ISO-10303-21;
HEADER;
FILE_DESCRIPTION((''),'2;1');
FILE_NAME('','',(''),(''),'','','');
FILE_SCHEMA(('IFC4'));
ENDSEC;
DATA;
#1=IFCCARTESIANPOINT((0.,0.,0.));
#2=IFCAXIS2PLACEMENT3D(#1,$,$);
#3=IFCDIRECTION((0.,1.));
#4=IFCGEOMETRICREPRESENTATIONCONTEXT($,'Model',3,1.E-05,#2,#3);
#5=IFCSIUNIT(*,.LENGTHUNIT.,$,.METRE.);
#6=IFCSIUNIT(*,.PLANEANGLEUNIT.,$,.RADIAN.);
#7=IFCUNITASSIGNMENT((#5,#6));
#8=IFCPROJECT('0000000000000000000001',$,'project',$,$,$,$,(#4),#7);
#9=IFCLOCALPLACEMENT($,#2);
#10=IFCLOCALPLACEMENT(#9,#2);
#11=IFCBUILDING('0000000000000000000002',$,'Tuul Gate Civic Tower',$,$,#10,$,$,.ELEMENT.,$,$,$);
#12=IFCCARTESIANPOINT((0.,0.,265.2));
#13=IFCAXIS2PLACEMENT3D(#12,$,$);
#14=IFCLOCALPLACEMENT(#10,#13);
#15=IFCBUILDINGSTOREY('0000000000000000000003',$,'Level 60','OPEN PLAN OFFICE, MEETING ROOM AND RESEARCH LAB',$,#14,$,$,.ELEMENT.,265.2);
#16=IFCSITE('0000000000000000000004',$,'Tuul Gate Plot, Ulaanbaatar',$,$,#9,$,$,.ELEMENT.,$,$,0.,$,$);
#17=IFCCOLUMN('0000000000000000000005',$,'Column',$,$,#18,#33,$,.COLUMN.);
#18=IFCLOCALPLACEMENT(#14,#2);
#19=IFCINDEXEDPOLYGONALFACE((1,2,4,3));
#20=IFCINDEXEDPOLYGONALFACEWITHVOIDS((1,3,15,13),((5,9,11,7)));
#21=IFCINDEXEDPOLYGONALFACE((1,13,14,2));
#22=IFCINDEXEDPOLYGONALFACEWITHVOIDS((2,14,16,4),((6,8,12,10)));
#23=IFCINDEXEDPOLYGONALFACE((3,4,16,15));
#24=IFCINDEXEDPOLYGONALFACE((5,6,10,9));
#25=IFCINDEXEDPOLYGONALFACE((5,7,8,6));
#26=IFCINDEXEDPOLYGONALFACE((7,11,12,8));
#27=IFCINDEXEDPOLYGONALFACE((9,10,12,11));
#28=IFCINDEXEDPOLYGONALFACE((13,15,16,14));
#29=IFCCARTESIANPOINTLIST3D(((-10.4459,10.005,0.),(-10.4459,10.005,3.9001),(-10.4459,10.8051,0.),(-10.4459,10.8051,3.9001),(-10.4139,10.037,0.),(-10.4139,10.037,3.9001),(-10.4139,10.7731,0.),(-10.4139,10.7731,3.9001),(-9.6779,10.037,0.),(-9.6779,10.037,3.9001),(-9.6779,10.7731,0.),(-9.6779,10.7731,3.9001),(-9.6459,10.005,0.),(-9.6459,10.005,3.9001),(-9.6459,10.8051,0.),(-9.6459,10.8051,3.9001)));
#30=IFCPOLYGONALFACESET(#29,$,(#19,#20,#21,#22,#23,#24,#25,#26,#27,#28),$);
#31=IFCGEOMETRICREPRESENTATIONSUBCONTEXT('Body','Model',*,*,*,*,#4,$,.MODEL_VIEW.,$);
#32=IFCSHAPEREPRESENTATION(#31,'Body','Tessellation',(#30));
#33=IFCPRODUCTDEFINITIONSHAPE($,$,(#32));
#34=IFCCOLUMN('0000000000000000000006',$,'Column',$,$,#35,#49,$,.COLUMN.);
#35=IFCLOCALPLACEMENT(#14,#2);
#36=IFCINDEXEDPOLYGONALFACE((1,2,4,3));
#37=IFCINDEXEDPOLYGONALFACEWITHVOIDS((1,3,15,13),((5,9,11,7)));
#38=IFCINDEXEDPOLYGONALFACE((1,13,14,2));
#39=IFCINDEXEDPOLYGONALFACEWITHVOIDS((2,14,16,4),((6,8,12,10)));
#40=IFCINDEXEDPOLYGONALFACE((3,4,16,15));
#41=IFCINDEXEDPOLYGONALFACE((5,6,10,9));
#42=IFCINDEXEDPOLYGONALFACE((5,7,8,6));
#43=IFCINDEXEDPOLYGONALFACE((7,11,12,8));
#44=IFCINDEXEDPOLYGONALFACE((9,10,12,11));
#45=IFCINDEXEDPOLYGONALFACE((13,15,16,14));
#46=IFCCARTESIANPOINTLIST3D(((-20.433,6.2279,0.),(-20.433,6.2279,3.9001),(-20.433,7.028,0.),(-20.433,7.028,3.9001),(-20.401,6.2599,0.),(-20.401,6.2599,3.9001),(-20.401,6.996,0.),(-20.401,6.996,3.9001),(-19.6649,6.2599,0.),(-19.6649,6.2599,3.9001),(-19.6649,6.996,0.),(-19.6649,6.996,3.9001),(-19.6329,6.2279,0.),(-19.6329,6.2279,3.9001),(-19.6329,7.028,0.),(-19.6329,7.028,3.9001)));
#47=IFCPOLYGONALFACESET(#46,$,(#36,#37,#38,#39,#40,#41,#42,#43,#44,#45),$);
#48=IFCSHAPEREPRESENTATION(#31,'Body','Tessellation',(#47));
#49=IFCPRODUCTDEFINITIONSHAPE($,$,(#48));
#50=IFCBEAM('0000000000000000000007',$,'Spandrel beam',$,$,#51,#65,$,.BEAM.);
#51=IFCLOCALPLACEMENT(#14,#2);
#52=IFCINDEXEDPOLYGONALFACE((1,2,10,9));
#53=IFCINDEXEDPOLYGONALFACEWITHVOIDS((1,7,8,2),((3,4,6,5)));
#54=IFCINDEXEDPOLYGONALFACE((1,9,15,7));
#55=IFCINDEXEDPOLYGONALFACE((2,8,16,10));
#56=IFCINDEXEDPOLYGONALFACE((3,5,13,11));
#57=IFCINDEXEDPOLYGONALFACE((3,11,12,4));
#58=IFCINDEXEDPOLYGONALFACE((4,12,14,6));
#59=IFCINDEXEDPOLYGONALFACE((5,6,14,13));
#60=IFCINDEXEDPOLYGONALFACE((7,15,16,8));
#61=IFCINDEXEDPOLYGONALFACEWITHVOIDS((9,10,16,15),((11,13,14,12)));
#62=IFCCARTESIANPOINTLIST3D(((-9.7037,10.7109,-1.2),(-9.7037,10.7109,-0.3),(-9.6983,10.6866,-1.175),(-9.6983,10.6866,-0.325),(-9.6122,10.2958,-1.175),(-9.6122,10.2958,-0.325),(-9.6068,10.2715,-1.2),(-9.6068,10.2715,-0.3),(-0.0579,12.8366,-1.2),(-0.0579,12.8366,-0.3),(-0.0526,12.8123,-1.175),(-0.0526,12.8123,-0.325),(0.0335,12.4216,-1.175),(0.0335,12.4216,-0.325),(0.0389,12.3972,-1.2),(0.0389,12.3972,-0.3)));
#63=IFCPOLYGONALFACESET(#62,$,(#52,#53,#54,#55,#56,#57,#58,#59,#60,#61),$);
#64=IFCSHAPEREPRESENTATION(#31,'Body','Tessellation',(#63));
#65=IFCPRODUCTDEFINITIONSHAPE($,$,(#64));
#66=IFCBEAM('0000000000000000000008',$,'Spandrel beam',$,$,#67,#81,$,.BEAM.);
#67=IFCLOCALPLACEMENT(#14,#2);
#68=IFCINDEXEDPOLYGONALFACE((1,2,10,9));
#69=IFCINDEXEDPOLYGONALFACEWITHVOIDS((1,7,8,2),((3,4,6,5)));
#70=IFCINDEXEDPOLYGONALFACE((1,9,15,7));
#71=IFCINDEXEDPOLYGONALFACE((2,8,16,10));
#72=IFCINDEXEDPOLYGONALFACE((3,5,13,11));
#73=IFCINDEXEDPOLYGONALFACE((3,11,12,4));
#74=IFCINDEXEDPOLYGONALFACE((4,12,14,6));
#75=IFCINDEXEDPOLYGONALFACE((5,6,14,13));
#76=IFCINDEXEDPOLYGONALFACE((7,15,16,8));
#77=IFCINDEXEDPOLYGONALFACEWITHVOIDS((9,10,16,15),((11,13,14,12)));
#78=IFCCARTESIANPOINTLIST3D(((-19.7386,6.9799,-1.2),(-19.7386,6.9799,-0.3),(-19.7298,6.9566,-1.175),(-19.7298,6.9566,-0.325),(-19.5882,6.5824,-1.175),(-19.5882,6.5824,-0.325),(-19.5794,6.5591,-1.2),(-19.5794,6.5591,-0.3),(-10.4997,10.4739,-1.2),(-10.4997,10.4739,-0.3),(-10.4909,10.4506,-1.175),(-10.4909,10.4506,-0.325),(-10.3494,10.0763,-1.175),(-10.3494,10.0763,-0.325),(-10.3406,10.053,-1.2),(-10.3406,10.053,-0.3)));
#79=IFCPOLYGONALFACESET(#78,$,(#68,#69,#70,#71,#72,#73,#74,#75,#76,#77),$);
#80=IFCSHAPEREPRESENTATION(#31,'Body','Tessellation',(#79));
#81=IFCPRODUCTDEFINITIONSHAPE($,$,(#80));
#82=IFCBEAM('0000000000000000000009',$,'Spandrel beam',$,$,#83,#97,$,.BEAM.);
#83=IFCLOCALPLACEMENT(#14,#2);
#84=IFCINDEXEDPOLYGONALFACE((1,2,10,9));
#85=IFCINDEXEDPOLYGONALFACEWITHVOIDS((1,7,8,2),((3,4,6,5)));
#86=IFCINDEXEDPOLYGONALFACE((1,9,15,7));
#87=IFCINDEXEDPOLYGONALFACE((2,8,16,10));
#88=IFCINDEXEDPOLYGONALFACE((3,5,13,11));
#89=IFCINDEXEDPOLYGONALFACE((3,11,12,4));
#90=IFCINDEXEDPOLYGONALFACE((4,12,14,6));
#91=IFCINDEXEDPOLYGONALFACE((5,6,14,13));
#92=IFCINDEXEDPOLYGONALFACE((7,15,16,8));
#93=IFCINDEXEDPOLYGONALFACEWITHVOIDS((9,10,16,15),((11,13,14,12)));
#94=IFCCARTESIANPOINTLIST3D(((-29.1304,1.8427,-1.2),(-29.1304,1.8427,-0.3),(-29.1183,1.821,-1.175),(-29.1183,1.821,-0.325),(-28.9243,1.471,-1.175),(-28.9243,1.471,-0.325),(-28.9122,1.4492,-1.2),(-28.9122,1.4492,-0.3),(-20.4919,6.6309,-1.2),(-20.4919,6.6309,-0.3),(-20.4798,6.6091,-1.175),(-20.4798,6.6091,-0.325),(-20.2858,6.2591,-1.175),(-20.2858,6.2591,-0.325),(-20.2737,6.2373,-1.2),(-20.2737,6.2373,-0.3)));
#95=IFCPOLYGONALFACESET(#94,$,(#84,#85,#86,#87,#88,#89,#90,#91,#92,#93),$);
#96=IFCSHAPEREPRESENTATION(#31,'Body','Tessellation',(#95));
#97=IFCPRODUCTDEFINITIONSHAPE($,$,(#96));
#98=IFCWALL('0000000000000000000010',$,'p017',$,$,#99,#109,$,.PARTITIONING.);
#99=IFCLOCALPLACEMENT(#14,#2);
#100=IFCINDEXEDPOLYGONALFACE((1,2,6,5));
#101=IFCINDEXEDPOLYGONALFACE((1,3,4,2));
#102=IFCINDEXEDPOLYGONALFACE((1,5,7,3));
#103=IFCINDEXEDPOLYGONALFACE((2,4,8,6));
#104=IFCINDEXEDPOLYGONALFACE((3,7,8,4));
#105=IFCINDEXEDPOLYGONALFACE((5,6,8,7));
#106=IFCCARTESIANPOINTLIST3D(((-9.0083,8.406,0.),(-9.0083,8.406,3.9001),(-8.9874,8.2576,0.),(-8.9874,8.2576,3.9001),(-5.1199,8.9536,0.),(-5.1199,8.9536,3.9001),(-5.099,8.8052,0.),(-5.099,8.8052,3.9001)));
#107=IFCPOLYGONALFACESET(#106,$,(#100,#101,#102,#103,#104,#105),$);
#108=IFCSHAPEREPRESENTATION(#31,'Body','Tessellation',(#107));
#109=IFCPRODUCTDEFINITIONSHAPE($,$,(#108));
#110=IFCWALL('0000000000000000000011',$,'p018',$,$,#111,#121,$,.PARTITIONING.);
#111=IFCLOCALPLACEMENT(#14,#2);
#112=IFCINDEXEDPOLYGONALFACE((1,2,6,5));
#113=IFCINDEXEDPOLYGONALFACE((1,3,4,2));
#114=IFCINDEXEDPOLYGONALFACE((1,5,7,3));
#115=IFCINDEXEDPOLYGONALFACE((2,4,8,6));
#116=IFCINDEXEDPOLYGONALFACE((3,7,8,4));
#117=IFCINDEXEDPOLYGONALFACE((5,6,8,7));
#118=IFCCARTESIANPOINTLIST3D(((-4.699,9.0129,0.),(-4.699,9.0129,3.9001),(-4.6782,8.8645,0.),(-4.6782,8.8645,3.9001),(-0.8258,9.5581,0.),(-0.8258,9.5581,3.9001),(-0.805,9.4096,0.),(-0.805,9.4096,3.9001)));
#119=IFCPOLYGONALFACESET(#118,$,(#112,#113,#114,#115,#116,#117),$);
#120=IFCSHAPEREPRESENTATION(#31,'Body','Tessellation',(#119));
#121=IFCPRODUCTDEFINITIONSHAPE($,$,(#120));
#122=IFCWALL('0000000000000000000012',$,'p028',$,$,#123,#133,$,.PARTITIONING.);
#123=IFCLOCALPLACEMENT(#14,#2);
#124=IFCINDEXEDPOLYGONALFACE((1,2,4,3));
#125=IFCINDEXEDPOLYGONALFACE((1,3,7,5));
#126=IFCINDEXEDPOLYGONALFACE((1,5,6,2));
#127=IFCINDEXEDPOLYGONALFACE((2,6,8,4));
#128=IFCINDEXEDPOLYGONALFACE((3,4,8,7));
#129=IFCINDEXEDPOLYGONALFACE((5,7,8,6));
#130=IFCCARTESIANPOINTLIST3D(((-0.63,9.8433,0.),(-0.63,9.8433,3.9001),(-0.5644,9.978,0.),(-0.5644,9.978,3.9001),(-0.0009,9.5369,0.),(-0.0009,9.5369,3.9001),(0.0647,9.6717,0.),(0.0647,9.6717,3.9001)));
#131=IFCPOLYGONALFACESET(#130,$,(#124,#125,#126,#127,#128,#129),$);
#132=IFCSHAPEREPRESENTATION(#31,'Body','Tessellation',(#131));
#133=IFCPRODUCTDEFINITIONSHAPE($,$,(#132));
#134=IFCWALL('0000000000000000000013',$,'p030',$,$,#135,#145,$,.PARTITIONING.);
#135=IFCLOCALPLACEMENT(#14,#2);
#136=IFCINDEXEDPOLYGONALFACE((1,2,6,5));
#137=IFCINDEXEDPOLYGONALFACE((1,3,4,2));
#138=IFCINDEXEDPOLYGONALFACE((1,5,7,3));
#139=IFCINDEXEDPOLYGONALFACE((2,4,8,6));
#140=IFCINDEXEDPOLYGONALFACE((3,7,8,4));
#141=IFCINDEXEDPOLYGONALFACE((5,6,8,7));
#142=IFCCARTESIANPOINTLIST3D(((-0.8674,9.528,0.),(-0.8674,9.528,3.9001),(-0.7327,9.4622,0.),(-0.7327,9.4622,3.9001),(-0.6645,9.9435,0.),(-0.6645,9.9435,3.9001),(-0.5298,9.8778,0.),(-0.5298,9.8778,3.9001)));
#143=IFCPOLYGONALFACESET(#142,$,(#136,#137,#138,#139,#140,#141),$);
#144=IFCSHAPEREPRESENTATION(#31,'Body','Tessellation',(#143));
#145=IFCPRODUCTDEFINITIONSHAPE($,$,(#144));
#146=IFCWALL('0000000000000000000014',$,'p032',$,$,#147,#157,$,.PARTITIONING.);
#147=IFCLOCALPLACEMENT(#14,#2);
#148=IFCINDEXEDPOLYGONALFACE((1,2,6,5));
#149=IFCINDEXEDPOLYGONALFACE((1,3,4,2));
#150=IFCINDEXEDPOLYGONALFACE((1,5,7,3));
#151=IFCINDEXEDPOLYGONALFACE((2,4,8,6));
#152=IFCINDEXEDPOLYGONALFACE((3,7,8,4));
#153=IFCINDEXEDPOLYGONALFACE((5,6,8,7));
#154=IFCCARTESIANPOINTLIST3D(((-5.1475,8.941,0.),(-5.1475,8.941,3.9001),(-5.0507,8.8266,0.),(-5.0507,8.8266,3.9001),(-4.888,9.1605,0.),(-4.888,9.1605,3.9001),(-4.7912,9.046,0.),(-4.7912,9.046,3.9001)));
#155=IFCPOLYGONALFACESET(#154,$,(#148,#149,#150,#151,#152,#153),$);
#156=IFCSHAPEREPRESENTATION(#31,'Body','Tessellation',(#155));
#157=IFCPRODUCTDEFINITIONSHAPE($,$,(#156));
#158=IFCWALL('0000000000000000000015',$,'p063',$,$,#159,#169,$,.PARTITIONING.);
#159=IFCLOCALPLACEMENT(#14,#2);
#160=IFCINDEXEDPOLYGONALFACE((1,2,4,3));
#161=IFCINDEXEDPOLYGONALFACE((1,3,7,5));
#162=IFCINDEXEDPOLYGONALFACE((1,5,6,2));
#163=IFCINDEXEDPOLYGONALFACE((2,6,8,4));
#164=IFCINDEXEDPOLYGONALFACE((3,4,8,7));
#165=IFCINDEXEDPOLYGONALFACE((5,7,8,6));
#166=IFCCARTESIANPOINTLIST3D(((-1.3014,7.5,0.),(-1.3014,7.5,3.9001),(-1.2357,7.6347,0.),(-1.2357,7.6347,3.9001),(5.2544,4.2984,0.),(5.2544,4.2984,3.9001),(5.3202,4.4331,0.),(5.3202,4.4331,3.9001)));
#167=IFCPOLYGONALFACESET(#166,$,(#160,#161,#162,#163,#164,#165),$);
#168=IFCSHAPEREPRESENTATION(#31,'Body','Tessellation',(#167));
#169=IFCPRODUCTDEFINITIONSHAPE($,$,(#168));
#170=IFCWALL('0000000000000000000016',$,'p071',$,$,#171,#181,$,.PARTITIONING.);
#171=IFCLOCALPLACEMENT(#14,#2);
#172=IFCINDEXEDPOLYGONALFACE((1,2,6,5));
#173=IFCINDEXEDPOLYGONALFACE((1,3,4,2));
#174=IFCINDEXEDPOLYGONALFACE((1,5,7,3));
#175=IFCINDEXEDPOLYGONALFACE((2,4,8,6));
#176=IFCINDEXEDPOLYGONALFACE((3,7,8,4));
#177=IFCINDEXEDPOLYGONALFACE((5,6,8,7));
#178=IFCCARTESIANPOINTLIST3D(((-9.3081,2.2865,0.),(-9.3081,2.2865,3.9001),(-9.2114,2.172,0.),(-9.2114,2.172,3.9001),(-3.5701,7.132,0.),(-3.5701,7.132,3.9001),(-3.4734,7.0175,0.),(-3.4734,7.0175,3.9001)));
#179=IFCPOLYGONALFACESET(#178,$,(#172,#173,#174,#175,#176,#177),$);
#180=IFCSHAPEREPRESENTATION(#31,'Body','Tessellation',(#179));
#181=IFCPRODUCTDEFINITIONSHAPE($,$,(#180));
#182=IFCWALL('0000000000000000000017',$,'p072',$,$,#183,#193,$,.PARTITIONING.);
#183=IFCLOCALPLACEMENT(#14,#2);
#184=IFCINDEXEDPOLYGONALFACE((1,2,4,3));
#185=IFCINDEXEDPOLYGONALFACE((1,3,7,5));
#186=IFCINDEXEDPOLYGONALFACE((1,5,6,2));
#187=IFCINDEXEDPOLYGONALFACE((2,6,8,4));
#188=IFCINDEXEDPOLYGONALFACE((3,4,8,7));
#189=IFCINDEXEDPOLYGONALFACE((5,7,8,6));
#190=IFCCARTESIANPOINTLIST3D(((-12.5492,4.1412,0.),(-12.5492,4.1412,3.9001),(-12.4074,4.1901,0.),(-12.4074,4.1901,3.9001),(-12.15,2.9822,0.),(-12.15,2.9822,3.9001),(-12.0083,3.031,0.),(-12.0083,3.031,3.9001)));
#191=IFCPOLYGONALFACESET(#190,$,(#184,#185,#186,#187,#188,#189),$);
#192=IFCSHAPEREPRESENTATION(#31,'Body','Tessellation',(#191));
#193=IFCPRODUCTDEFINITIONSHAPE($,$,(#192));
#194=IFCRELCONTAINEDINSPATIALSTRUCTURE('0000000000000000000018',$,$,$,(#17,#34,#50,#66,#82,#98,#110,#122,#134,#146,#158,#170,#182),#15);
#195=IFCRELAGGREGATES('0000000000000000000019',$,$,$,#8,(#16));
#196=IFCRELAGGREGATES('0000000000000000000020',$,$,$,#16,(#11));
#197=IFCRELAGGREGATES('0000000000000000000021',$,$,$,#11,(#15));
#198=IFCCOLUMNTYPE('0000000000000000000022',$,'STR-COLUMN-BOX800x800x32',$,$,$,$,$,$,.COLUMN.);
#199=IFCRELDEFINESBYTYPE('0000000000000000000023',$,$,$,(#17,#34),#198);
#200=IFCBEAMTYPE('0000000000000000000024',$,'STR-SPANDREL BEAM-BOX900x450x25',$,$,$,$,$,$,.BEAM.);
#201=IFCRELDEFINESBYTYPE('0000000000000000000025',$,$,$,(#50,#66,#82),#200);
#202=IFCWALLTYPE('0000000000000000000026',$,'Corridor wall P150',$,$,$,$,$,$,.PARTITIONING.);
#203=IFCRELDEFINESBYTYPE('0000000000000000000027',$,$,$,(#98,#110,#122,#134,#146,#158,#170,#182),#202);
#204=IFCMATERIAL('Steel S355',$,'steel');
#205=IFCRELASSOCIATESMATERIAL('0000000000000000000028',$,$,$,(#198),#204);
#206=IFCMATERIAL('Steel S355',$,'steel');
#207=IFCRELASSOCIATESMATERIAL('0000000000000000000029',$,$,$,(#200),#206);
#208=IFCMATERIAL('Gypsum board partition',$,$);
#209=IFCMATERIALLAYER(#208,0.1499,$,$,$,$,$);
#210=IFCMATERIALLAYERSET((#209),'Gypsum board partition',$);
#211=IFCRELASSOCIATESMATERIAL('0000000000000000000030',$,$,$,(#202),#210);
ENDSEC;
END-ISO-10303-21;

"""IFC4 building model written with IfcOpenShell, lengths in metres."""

from ifc_helpers import new_model, si_unit, direction, frame, frame_2d, origin, origin_2d, place, context, subcontext, project, spatial, rectangle, hollow_rectangle, extrude, material, layer, layer_set, material_profile, profile_set, type_object, element, save


model = new_model("IFC4")

# Units and contexts
model_context = context("Model", 3, precision=1e-05, world=origin(), true_north=direction((0.0, 1.0)))
body_context = subcontext(model_context, "Body", "Model", "MODEL_VIEW")
ifc_project = project(units=[si_unit("LENGTHUNIT", "METRE"), si_unit("PLANEANGLEUNIT", "RADIAN")], contexts=[model_context])

# Site, building, storey
site_placement = place(None, origin())
site = spatial("IfcSite", under=ifc_project, at=site_placement, Name="Tuul Gate Plot, Ulaanbaatar", CompositionType="ELEMENT", RefElevation=0.0)
building_placement = place(site_placement, origin())
building = spatial("IfcBuilding", under=site, at=building_placement, Name="Tuul Gate Civic Tower", CompositionType="ELEMENT")
storey_placement = place(building_placement, frame((0.0, 0.0, 265.2)))
storey = spatial("IfcBuildingStorey", under=building, at=storey_placement, Name="Level 60", Description="OPEN PLAN OFFICE, MEETING ROOM AND RESEARCH LAB", CompositionType="ELEMENT", Elevation=265.2)

# Columns
ifc_material_1 = material(Name="Steel S355", Category="steel")
ifc_material_profile_1 = material_profile(ifc_material_1, hollow_rectangle(XDim=0.8, YDim=0.8, WallThickness=0.032, at=origin_2d()), Name="BOX800x800x32")
ifc_profile_set_1 = profile_set([ifc_material_profile_1], Name="Steel S355")
column_type = type_object("IfcColumnType", Name="STR-COLUMN-BOX800x800x32", PredefinedType="COLUMN", material=ifc_profile_set_1)
for number, where, z_axis, x_axis, name in (
    (1, (-10.0459, 10.405, 0.0), (0.0, 0.0, 1.0), (1.0, 0.0, 0.0), "Column"),
    (2, (-20.033, 6.6279, 0.0), (0.0, 0.0, 1.0), (1.0, 0.0, 0.0), "Column"),
):
    element("IfcColumn", number, at=place(storey_placement, frame(where, z_axis=z_axis, x_axis=x_axis)), inside=storey, type_object=column_type, Name=name, PredefinedType="COLUMN", context=body_context, shape_type="SweptSolid", body=[
        extrude(hollow_rectangle(XDim=0.8, YDim=0.8, WallThickness=0.032, at=origin_2d()), origin(), (0.0, 0.0, 1.0), 3.9001),
    ])

# Beams
ifc_material_2 = material(Name="Steel S355", Category="steel")
ifc_material_profile_2 = material_profile(ifc_material_2, hollow_rectangle(XDim=0.45, YDim=0.8999, WallThickness=0.0249, at=origin_2d()), Name="BOX900x450x25")
ifc_profile_set_2 = profile_set([ifc_material_profile_2], Name="Steel S355")
beam_type = type_object("IfcBeamType", Name="STR-SPANDREL BEAM-BOX900x450x25", PredefinedType="BEAM", material=ifc_profile_set_2)
beam_1_placement = place(storey_placement, frame((-0.0095, 12.6169, -0.75), z_axis=(-0.976566, -0.215216, 0.0), x_axis=(0.215216, -0.976566, 0.0)))
element("IfcBeam", 3, at=beam_1_placement, inside=storey, type_object=beam_type, Name="Spandrel beam", PredefinedType="BEAM", context=body_context, shape_type="SweptSolid", body=[
    extrude(hollow_rectangle(XDim=0.45, YDim=0.8999, WallThickness=0.0249, at=origin_2d()), origin(), (0.0, 0.0, 1.0), 9.8772),
])
beam_2_placement = place(storey_placement, frame((-10.4202, 10.2634, -0.75), z_axis=(-0.935348, -0.353728, 0.0), x_axis=(0.353728, -0.935348, 0.0)))
element("IfcBeam", 4, at=beam_2_placement, inside=storey, type_object=beam_type, Name="Spandrel beam", PredefinedType="BEAM", context=body_context, shape_type="SweptSolid", body=[
    extrude(hollow_rectangle(XDim=0.45, YDim=0.8999, WallThickness=0.0249, at=origin_2d()), origin(), (0.0, 0.0, 1.0), 9.8774),
])
beam_3_placement = place(storey_placement, frame((-20.3828, 6.4341, -0.75), z_axis=(-0.874631, -0.484788, 0.0), x_axis=(0.484788, -0.874631, 0.0)))
element("IfcBeam", 5, at=beam_3_placement, inside=storey, type_object=beam_type, Name="Spandrel beam", PredefinedType="BEAM", context=body_context, shape_type="SweptSolid", body=[
    extrude(hollow_rectangle(XDim=0.45, YDim=0.8999, WallThickness=0.0249, at=origin_2d()), origin(), (0.0, 0.0, 1.0), 9.8767),
])

# Walls
ifc_material_3 = material(Name="Gypsum board partition")
ifc_layer_1 = layer(ifc_material_3, 0.1499)
ifc_layer_set_1 = layer_set([ifc_layer_1], Name="Gypsum board partition")
wall_type_1 = type_object("IfcWallType", Name="Corridor wall P150", PredefinedType="PARTITIONING", material=ifc_layer_set_1)
wall_1_placement = place(storey_placement, frame((-8.9978, 8.3318, 0.0), z_axis=(0.0, 0.0, 1.0), x_axis=(0.990229, 0.139454, 0.0)))
element("IfcWall", 6, at=wall_1_placement, inside=storey, type_object=wall_type_1, Name="p017", PredefinedType="PARTITIONING", context=body_context, shape_type="SweptSolid", body=[
    extrude(rectangle(XDim=3.9268, YDim=0.1499, at=frame_2d((1.9634, 0.0))), origin(), (0.0, 0.0, 1.0), 3.9001),
])
wall_2_placement = place(storey_placement, frame((-4.6885, 8.9387, 0.0), z_axis=(0.0, 0.0, 1.0), x_axis=(0.990239, 0.139376, 0.0)))
element("IfcWall", 7, at=wall_2_placement, inside=storey, type_object=wall_type_1, Name="p018", PredefinedType="PARTITIONING", context=body_context, shape_type="SweptSolid", body=[
    extrude(rectangle(XDim=3.9114, YDim=0.1499, at=frame_2d((1.9556, 0.0))), origin(), (0.0, 0.0, 1.0), 3.9001),
])
wall_3_placement = place(storey_placement, frame((-0.5972, 9.9106, 0.0), z_axis=(0.0, 0.0, 1.0), x_axis=(0.899053, -0.437839, 0.0)))
element("IfcWall", 8, at=wall_3_placement, inside=storey, type_object=wall_type_1, Name="p028", PredefinedType="PARTITIONING", context=body_context, shape_type="SweptSolid", body=[
    extrude(rectangle(XDim=0.6997, YDim=0.1499, at=frame_2d((0.3499, 0.0))), origin(), (0.0, 0.0, 1.0), 3.9001),
])
wall_4_placement = place(storey_placement, frame((-0.8, 9.4951, 0.0), z_axis=(0.0, 0.0, 1.0), x_axis=(0.438746, 0.898611, 0.0)))
element("IfcWall", 9, at=wall_4_placement, inside=storey, type_object=wall_type_1, Name="p030", PredefinedType="PARTITIONING", context=body_context, shape_type="SweptSolid", body=[
    extrude(rectangle(XDim=0.4624, YDim=0.1499, at=frame_2d((0.2312, 0.0))), origin(), (0.0, 0.0, 1.0), 3.9001),
])
wall_5_placement = place(storey_placement, frame((-5.0991, 8.8838, 0.0), z_axis=(0.0, 0.0, 1.0), x_axis=(0.76355, 0.645749, 0.0)))
element("IfcWall", 10, at=wall_5_placement, inside=storey, type_object=wall_type_1, Name="p032", PredefinedType="PARTITIONING", context=body_context, shape_type="SweptSolid", body=[
    extrude(rectangle(XDim=0.3398, YDim=0.1499, at=frame_2d((0.1699, 0.0))), origin(), (0.0, 0.0, 1.0), 3.9001),
])
wall_6_placement = place(storey_placement, frame((-1.2686, 7.5674, 0.0), z_axis=(0.0, 0.0, 1.0), x_axis=(0.898571, -0.438828, 0.0)))
element("IfcWall", 11, at=wall_6_placement, inside=storey, type_object=wall_type_1, Name="p063", PredefinedType="PARTITIONING", context=body_context, shape_type="SweptSolid", body=[
    extrude(rectangle(XDim=7.2959, YDim=0.1499, at=frame_2d((3.6479, 0.0))), origin(), (0.0, 0.0, 1.0), 3.9001),
])
wall_7_placement = place(storey_placement, frame((-9.2598, 2.2292, 0.0), z_axis=(0.0, 0.0, 1.0), x_axis=(0.76403, 0.645181, 0.0)))
element("IfcWall", 12, at=wall_7_placement, inside=storey, type_object=wall_type_1, Name="p071", PredefinedType="PARTITIONING", context=body_context, shape_type="SweptSolid", body=[
    extrude(rectangle(XDim=7.5103, YDim=0.1499, at=frame_2d((3.7551, 0.0))), origin(), (0.0, 0.0, 1.0), 3.9001),
])
wall_8_placement = place(storey_placement, frame((-12.4783, 4.1655, 0.0), z_axis=(0.0, 0.0, 1.0), x_axis=(0.325653, -0.945489, 0.0)))
element("IfcWall", 13, at=wall_8_placement, inside=storey, type_object=wall_type_1, Name="p072", PredefinedType="PARTITIONING", context=body_context, shape_type="SweptSolid", body=[
    extrude(rectangle(XDim=1.2258, YDim=0.1499, at=frame_2d((0.6128, 0.0))), origin(), (0.0, 0.0, 1.0), 3.9001),
])

save(model, "model.ifc")
